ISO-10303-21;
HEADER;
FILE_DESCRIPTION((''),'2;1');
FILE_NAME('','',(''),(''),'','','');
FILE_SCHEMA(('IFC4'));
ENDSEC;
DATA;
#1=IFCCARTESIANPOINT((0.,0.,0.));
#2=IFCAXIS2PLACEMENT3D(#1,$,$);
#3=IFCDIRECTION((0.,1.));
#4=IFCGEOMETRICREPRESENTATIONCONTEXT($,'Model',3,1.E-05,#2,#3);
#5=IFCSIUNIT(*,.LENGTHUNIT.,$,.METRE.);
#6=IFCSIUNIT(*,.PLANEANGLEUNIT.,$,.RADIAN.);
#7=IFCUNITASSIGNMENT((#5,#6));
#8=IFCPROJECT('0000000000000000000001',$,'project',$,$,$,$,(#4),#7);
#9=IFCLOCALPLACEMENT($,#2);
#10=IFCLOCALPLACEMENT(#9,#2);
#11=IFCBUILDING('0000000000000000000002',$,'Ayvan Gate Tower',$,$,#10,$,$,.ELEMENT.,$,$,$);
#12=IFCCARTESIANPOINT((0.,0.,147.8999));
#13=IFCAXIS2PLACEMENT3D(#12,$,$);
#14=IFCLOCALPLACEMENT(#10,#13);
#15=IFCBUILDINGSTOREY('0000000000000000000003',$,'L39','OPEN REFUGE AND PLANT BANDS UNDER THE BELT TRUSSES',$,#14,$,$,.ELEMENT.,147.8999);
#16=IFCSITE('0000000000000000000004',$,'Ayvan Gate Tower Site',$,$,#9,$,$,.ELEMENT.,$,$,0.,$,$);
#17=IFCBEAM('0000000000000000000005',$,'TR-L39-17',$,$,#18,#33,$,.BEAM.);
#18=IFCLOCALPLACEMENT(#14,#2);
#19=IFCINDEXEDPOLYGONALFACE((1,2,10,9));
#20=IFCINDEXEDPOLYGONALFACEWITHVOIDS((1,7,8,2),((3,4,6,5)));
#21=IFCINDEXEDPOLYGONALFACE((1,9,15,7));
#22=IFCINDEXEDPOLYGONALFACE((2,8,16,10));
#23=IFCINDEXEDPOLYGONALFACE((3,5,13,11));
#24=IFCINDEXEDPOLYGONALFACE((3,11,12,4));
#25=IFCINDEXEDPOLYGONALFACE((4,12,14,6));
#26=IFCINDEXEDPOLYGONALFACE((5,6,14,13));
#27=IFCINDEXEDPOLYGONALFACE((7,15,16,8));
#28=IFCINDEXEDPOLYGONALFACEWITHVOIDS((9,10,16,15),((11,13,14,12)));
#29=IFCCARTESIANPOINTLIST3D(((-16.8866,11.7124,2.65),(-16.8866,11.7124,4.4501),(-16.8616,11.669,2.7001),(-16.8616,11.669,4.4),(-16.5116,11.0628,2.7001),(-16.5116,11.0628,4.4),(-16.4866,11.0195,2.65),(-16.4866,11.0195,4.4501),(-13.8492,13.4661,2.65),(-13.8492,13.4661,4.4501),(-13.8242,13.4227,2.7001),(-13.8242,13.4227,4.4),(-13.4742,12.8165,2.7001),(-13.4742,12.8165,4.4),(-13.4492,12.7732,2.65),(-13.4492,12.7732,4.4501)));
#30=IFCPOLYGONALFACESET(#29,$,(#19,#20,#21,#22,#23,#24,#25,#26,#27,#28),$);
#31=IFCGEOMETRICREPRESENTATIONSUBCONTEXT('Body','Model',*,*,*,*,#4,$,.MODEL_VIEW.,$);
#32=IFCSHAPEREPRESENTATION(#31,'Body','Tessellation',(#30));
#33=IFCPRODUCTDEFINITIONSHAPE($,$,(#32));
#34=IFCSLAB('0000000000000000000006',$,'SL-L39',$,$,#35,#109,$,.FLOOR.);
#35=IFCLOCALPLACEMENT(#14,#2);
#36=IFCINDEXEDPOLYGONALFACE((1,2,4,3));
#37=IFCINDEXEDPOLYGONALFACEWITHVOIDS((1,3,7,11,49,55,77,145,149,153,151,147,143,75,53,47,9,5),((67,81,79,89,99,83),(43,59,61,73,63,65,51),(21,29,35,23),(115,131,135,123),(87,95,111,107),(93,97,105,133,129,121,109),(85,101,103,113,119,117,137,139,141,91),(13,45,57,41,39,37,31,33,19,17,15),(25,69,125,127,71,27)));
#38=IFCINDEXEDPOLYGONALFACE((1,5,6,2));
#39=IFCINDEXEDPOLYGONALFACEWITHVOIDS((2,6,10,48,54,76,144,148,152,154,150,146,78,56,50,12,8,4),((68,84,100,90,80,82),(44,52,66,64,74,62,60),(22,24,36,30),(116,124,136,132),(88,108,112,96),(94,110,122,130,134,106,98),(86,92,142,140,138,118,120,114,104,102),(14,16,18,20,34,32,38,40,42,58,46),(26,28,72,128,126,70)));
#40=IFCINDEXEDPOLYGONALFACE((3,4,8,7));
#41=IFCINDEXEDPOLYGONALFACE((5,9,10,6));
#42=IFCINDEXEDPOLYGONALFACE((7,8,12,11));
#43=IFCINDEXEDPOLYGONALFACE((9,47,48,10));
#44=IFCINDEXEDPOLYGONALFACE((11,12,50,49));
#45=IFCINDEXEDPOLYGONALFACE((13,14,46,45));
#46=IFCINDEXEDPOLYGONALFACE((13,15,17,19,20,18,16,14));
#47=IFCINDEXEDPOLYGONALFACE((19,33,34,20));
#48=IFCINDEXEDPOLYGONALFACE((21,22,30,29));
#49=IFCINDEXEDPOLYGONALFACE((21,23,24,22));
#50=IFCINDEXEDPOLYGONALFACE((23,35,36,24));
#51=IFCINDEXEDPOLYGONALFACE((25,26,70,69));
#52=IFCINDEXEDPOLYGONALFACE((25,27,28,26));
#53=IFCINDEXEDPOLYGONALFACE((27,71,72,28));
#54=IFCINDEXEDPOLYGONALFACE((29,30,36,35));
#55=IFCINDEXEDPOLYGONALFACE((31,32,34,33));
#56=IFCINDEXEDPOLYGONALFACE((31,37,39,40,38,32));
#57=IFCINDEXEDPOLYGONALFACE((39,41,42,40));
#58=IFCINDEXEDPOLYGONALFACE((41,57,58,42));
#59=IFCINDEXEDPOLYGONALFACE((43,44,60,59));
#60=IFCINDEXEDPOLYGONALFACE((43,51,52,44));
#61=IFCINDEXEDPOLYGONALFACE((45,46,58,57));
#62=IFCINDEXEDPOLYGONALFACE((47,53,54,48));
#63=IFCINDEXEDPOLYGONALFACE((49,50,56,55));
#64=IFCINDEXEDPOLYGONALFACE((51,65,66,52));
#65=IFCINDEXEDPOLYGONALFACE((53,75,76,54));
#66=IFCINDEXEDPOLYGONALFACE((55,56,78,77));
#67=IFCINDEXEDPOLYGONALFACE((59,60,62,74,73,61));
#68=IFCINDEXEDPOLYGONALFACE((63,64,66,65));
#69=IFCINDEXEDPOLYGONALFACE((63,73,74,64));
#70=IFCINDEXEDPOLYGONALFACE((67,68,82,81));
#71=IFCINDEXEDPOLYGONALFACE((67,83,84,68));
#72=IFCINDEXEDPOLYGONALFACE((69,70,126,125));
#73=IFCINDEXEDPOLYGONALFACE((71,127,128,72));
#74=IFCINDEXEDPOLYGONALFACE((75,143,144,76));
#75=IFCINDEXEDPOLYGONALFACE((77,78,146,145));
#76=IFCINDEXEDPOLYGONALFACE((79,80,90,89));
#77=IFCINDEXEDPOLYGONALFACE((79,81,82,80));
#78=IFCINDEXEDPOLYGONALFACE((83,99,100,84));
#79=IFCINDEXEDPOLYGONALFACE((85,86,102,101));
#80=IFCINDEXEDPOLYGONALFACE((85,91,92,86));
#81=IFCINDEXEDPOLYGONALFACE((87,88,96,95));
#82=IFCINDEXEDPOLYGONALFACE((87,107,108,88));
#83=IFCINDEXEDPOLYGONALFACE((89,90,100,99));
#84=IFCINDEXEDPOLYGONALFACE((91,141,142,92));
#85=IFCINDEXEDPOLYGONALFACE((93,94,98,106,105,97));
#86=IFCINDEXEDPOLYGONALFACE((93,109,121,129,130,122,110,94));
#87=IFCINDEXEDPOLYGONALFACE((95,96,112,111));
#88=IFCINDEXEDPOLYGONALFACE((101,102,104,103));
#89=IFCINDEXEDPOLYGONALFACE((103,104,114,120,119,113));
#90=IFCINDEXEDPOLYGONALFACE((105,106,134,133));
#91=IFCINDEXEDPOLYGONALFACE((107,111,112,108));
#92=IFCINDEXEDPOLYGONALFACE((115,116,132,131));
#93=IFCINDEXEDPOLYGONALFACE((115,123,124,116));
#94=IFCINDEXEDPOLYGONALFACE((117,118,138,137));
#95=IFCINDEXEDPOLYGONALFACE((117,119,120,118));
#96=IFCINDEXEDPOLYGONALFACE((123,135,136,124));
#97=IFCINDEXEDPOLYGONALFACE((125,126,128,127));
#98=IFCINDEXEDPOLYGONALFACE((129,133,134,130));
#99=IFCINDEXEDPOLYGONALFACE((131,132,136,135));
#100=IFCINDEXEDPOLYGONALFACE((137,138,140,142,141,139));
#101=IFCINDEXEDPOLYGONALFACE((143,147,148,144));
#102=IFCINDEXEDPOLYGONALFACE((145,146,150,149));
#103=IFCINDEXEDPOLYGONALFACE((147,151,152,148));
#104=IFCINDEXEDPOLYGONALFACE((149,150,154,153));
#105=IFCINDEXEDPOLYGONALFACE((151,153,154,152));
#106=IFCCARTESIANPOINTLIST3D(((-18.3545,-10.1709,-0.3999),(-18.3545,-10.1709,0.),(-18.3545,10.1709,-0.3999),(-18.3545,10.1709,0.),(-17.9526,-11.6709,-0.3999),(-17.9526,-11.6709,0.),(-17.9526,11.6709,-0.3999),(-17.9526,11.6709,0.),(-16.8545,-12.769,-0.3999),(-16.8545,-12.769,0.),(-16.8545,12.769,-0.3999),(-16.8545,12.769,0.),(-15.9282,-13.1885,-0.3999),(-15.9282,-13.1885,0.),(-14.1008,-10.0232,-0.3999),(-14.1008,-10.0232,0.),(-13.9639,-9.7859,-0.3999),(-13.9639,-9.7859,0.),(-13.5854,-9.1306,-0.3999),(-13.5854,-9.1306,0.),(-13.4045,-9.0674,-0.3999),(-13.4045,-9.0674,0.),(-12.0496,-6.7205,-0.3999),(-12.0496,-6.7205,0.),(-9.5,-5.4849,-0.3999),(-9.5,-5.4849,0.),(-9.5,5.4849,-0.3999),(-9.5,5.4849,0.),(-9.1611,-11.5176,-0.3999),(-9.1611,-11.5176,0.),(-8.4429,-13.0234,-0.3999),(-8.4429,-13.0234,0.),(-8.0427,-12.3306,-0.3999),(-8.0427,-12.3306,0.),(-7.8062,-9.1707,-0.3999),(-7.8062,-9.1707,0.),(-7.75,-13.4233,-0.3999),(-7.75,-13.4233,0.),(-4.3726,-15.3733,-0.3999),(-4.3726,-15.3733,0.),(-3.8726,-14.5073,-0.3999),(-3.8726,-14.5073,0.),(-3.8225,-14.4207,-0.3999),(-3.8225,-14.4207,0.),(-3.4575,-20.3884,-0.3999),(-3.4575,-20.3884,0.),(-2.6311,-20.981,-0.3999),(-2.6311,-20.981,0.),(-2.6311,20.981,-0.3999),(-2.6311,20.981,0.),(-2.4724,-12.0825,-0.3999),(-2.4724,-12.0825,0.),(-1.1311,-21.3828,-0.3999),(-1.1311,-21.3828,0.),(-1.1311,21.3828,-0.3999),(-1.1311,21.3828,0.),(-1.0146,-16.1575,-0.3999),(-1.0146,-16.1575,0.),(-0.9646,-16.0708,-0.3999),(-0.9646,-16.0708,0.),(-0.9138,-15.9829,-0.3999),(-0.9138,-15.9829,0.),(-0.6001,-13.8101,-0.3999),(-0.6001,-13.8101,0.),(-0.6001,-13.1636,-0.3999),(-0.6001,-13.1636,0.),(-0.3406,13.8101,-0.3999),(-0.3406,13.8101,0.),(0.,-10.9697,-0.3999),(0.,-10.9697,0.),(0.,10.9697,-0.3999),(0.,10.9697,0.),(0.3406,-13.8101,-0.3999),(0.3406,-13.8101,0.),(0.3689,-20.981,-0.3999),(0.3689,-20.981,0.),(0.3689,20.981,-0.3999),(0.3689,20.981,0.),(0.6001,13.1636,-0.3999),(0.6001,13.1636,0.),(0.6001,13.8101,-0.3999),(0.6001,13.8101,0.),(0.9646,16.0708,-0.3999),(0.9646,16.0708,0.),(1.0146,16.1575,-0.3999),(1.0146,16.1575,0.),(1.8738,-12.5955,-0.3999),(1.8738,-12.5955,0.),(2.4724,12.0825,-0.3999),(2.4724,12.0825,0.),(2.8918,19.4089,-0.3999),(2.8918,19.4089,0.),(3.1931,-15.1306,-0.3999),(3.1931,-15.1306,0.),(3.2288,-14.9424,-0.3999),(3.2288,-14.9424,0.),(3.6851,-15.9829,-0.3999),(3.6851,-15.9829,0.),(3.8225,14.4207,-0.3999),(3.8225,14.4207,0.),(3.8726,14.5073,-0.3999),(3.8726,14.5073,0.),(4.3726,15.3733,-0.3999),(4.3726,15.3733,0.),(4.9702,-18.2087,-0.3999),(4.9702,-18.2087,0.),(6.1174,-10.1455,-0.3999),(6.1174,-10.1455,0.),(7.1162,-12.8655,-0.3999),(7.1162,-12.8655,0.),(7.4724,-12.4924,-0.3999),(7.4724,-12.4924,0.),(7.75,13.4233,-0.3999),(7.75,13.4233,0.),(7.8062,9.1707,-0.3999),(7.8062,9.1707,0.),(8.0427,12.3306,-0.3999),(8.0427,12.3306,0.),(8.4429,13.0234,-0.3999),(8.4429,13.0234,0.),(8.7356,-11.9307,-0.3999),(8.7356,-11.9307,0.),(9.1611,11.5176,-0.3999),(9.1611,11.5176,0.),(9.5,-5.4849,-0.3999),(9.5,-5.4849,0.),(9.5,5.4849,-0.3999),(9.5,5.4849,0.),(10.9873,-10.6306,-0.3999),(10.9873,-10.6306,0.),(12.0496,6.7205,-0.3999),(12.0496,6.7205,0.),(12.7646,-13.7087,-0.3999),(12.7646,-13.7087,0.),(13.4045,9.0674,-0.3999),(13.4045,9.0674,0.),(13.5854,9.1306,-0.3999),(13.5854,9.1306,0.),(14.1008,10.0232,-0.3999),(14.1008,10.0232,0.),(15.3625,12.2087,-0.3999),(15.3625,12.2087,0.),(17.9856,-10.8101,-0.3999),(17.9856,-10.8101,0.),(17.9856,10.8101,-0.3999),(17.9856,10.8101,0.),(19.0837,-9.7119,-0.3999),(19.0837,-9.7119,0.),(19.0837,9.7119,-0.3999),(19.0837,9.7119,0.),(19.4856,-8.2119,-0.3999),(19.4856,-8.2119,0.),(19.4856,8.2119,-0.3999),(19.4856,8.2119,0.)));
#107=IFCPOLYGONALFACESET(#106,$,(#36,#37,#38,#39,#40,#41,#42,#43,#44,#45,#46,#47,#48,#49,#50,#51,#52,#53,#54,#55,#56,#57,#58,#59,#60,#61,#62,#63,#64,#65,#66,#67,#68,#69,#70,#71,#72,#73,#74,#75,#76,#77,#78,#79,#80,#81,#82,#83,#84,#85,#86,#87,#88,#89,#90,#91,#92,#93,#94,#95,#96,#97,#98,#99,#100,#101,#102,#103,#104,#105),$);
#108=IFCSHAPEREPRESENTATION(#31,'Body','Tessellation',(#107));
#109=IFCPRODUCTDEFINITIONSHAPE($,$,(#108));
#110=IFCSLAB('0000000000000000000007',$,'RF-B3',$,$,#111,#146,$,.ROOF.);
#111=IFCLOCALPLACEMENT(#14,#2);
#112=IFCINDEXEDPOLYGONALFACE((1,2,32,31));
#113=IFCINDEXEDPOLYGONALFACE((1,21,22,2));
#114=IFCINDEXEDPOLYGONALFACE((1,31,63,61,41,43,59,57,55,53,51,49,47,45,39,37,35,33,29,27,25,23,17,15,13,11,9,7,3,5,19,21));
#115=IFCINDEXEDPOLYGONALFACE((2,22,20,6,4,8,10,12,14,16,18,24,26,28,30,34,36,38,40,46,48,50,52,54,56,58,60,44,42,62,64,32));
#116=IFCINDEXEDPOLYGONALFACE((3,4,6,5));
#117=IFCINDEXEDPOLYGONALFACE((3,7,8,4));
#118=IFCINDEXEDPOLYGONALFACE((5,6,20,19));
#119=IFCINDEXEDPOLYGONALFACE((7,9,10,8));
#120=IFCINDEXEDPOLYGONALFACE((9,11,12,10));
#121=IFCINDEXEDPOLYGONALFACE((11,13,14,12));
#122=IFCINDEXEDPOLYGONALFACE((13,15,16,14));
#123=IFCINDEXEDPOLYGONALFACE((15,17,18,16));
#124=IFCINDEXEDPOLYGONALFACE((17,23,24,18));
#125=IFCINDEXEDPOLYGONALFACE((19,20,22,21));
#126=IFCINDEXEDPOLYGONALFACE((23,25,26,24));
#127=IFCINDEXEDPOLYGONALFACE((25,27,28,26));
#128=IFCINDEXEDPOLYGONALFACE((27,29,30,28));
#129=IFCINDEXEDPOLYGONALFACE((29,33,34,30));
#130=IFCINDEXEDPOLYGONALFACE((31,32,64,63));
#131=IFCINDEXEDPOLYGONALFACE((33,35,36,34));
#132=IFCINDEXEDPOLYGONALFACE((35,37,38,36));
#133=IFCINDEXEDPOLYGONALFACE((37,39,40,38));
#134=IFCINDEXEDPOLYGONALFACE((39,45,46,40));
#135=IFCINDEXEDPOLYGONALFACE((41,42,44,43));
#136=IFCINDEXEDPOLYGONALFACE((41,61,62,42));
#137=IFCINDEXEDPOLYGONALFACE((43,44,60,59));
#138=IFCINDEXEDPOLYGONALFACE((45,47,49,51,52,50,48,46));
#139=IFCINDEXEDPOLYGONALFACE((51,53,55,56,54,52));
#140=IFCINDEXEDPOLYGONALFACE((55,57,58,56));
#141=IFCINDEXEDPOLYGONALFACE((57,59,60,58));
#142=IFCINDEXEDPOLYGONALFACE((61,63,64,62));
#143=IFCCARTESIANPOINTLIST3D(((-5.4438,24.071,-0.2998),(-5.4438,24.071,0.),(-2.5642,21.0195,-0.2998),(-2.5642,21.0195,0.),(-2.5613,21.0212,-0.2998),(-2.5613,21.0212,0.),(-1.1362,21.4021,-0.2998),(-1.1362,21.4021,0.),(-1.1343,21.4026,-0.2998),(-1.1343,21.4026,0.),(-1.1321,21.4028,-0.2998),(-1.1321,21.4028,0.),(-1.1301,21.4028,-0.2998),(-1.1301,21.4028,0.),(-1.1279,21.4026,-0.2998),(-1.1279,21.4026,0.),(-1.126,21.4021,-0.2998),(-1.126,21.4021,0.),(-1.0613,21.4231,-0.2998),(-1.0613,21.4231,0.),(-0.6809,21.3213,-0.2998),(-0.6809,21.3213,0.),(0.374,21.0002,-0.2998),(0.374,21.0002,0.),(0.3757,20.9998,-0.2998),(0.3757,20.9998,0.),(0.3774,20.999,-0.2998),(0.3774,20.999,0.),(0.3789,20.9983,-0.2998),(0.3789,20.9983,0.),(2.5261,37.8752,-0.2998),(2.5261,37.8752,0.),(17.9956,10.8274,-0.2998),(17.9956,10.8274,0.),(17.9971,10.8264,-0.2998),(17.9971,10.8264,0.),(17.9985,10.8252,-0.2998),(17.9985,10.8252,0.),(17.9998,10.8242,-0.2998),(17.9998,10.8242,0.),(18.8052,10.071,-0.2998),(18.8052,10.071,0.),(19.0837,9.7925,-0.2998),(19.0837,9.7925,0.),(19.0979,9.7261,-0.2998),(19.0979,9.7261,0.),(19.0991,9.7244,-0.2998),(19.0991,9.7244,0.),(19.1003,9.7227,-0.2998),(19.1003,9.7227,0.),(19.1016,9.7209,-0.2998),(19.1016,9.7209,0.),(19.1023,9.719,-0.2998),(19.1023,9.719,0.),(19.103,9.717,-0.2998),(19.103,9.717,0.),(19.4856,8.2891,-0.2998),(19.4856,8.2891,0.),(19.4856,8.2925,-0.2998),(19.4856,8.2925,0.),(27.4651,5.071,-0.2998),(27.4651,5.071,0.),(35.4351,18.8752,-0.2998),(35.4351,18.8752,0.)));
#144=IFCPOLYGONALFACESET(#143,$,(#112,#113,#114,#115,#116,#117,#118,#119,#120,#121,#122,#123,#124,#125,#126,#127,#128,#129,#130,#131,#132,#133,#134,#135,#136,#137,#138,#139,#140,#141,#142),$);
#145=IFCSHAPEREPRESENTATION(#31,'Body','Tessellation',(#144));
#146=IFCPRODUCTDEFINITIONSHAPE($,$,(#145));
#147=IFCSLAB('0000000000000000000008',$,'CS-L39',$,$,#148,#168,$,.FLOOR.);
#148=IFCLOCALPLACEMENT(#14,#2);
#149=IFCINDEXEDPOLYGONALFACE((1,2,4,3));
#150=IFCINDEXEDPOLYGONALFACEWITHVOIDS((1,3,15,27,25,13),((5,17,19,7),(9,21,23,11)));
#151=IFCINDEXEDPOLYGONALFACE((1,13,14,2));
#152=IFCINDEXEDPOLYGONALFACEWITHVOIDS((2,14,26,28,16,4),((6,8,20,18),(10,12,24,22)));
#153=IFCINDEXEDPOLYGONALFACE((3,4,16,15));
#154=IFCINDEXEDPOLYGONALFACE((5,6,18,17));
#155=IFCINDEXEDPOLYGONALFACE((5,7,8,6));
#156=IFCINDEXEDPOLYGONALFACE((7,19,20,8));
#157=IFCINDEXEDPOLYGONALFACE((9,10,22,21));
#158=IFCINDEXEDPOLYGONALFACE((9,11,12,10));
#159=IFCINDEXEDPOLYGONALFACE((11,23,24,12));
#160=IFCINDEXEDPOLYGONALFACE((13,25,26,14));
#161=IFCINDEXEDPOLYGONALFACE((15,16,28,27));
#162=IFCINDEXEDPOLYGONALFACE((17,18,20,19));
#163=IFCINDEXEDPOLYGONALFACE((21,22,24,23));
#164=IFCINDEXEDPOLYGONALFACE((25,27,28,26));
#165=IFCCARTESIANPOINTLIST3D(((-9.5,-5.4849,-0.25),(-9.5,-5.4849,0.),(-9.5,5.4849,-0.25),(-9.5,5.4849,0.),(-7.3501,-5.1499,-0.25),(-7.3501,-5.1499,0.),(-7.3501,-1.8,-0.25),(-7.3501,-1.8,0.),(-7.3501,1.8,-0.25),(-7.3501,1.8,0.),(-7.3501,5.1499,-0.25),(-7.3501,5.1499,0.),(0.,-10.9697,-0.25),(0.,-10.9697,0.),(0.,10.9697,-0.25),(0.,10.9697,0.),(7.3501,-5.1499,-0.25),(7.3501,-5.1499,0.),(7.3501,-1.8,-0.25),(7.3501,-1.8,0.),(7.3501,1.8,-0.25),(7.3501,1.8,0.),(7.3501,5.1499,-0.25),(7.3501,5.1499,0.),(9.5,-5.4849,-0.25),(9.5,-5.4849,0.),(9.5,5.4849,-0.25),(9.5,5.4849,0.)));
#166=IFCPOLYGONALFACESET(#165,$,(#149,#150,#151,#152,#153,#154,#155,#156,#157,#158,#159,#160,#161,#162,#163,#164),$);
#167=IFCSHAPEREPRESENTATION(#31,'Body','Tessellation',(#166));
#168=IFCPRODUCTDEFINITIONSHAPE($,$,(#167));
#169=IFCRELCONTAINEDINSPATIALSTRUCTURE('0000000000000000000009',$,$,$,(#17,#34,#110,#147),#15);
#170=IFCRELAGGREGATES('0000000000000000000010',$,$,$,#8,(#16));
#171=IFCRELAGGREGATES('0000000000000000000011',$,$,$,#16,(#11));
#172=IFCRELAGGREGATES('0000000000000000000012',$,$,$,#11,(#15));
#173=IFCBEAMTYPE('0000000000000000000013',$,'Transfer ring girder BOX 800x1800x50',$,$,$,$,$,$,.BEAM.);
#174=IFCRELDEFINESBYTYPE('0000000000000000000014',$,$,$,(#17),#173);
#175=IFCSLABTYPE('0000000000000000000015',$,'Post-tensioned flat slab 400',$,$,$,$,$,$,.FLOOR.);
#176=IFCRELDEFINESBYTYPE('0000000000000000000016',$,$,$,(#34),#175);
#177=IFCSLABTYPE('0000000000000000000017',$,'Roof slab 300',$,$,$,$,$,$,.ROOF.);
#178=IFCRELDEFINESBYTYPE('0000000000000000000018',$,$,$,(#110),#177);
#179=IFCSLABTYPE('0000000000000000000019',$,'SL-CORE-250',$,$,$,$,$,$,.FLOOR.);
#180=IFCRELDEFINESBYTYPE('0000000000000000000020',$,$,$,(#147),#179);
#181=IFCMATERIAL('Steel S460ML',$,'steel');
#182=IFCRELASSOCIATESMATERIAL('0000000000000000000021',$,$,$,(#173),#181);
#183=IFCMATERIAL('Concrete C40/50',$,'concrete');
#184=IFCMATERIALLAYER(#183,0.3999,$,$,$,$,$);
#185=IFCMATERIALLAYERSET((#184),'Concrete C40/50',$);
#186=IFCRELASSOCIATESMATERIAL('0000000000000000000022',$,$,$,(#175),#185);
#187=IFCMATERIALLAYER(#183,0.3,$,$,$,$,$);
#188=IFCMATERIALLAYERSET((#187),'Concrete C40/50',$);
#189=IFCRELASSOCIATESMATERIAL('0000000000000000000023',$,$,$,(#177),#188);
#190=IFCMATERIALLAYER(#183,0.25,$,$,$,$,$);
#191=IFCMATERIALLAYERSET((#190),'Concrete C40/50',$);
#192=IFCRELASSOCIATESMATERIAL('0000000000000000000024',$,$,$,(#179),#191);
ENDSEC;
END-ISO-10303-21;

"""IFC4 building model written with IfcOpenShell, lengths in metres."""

from ifc_helpers import new_model, si_unit, direction, frame, origin, origin_2d, place, context, subcontext, project, spatial, polyline, hollow_rectangle, outline, extrude, material, layer, layer_set, material_profile, profile_set, type_object, element, save


model = new_model("IFC4")

# Units and contexts
model_context = context("Model", 3, precision=1e-05, world=origin(), true_north=direction((0.0, 1.0)))
body_context = subcontext(model_context, "Body", "Model", "MODEL_VIEW")
ifc_project = project(units=[si_unit("LENGTHUNIT", "METRE"), si_unit("PLANEANGLEUNIT", "RADIAN")], contexts=[model_context])

# Site, building, storey
site_placement = place(None, origin())
site = spatial("IfcSite", under=ifc_project, at=site_placement, Name="Ayvan Gate Tower Site", CompositionType="ELEMENT", RefElevation=0.0)
building_placement = place(site_placement, origin())
building = spatial("IfcBuilding", under=site, at=building_placement, Name="Ayvan Gate Tower", CompositionType="ELEMENT")
storey_placement = place(building_placement, frame((0.0, 0.0, 147.8999)))
storey = spatial("IfcBuildingStorey", under=building, at=storey_placement, Name="L39", Description="OPEN REFUGE AND PLANT BANDS UNDER THE BELT TRUSSES", CompositionType="ELEMENT", Elevation=147.8999)

# Beam
ifc_material_1 = material(Name="Steel S460ML", Category="steel")
ifc_material_profile = material_profile(ifc_material_1, hollow_rectangle(XDim=0.8, YDim=1.8, WallThickness=0.05, at=origin_2d()), Name="BOX 800x1800x50")
ifc_profile_set = profile_set([ifc_material_profile], Name="Steel S460ML")
beam_type = type_object("IfcBeamType", Name="Transfer ring girder BOX 800x1800x50", PredefinedType="BEAM", material=ifc_profile_set)
beam_placement = place(storey_placement, frame((-13.6492, 13.1196, 3.55), z_axis=(-0.86602, -0.50001, 0.0), x_axis=(0.50001, -0.86602, 0.0)))
element("IfcBeam", 1, at=beam_placement, inside=storey, type_object=beam_type, Name="TR-L39-17", PredefinedType="BEAM", context=body_context, shape_type="SweptSolid", body=[
    extrude(hollow_rectangle(XDim=0.8, YDim=1.8, WallThickness=0.05, at=origin_2d()), origin(), (0.0, 0.0, 1.0), 3.5073),
])

# Slabs
ifc_material_2 = material(Name="Concrete C40/50", Category="concrete")
ifc_layer_1 = layer(ifc_material_2, 0.3999)
ifc_layer_set_1 = layer_set([ifc_layer_1], Name="Concrete C40/50")
slab_type_1 = type_object("IfcSlabType", Name="Post-tensioned flat slab 400", PredefinedType="FLOOR", material=ifc_layer_set_1)
slab_1_placement = place(storey_placement, frame((0.0, 0.0, -0.3999)))
element("IfcSlab", 2, at=slab_1_placement, inside=storey, type_object=slab_type_1, Name="SL-L39", PredefinedType="FLOOR", context=body_context, shape_type="SweptSolid", body=[
    extrude(outline(polyline([(-16.8545, -12.769), (-17.9526, -11.6709), (-18.3545, -10.1709), (-18.3545, 10.1709), (-17.9526, 11.6709), (-16.8545, 12.769), (-2.6311, 20.981), (-1.1311, 21.3828), (0.3689, 20.981), (17.9856, 10.8101), (19.0837, 9.7119), (19.4856, 8.2119), (19.4856, -8.2119), (19.0837, -9.7119), (17.9856, -10.8101), (0.3689, -20.981), (-1.1311, -21.3828), (-2.6311, -20.981), (-16.8545, -12.769)]), holes=[polyline([(8.4429, 13.0234), (8.0427, 12.3306), (13.5854, 9.1306), (14.1008, 10.0232), (15.3625, 12.2087), (2.8918, 19.4089), (1.0146, 16.1575), (3.8726, 14.5073), (4.3726, 15.3733), (7.75, 13.4233), (8.4429, 13.0234)]), polyline([(7.8062, 9.1707), (12.0496, 6.7205), (13.4045, 9.0674), (9.1611, 11.5176), (7.8062, 9.1707)]), polyline([(4.9702, -18.2087), (12.7646, -13.7087), (10.9873, -10.6306), (8.7356, -11.9307), (7.1162, -12.8655), (3.1931, -15.1306), (3.6851, -15.9829), (4.9702, -18.2087)]), polyline([(-9.5, -5.4849), (0.0, -10.9697), (9.5, -5.4849), (9.5, 5.4849), (0.0, 10.9697), (-9.5, 5.4849), (-9.5, -5.4849)]), polyline([(6.1174, -10.1455), (1.8738, -12.5955), (3.2288, -14.9424), (7.4724, -12.4924), (6.1174, -10.1455)]), polyline([(0.9646, 16.0708), (-0.3406, 13.8101), (0.6001, 13.8101), (0.6001, 13.1636), (2.4724, 12.0825), (3.8225, 14.4207), (0.9646, 16.0708)]), polyline([(-0.6001, -13.1636), (-2.4724, -12.0825), (-3.8225, -14.4207), (-0.9646, -16.0708), (-0.9138, -15.9829), (0.3406, -13.8101), (-0.6001, -13.8101), (-0.6001, -13.1636)]), polyline([(-15.9282, -13.1885), (-3.4575, -20.3884), (-1.0146, -16.1575), (-3.8726, -14.5073), (-4.3726, -15.3733), (-7.75, -13.4233), (-8.4429, -13.0234), (-8.0427, -12.3306), (-13.5854, -9.1306), (-13.9639, -9.7859), (-14.1008, -10.0232), (-15.9282, -13.1885)]), polyline([(-13.4045, -9.0674), (-9.1611, -11.5176), (-7.8062, -9.1707), (-12.0496, -6.7205), (-13.4045, -9.0674)])]), origin(), (0.0, 0.0, 1.0), 0.3999),
])
ifc_layer_2 = layer(ifc_material_2, 0.3)
ifc_layer_set_2 = layer_set([ifc_layer_2], Name="Concrete C40/50")
slab_type_2 = type_object("IfcSlabType", Name="Roof slab 300", PredefinedType="ROOF", material=ifc_layer_set_2)
slab_2_placement = place(storey_placement, frame((0.0, 0.0, -0.2998)))
element("IfcSlab", 3, at=slab_2_placement, inside=storey, type_object=slab_type_2, Name="RF-B3", PredefinedType="ROOF", context=body_context, shape_type="SweptSolid", body=[
    extrude(outline(polyline([(19.4856, 8.2925), (19.4856, 8.2891), (19.103, 9.717), (19.1023, 9.719), (19.1016, 9.7209), (19.1003, 9.7227), (19.0991, 9.7244), (19.0979, 9.7261), (17.9998, 10.8242), (17.9985, 10.8252), (17.9971, 10.8264), (17.9956, 10.8274), (0.3789, 20.9983), (0.3774, 20.999), (0.3757, 20.9998), (0.374, 21.0002), (-1.126, 21.4021), (-1.1279, 21.4026), (-1.1301, 21.4028), (-1.1321, 21.4028), (-1.1343, 21.4026), (-1.1362, 21.4021), (-2.5642, 21.0195), (-2.5613, 21.0212), (-1.0613, 21.4231), (-0.6809, 21.3213), (-5.4438, 24.071), (2.5261, 37.8752), (35.4351, 18.8752), (27.4651, 5.071), (18.8052, 10.071), (19.0837, 9.7925), (19.4856, 8.2925)])), origin(), (0.0, 0.0, 1.0), 0.2998),
])
ifc_layer_3 = layer(ifc_material_2, 0.25)
ifc_layer_set_3 = layer_set([ifc_layer_3], Name="Concrete C40/50")
slab_type_3 = type_object("IfcSlabType", Name="SL-CORE-250", PredefinedType="FLOOR", material=ifc_layer_set_3)
slab_3_placement = place(storey_placement, frame((0.0, 0.0, -0.25)))
element("IfcSlab", 4, at=slab_3_placement, inside=storey, type_object=slab_type_3, Name="CS-L39", PredefinedType="FLOOR", context=body_context, shape_type="SweptSolid", body=[
    extrude(outline(polyline([(9.5, -5.4849), (0.0, -10.9697), (-9.5, -5.4849), (-9.5, 5.4849), (0.0, 10.9697), (9.5, 5.4849), (9.5, -5.4849)]), holes=[polyline([(-7.3501, -1.8), (-7.3501, -5.1499), (7.3501, -5.1499), (7.3501, -1.8), (-7.3501, -1.8)]), polyline([(-7.3501, 5.1499), (-7.3501, 1.8), (7.3501, 1.8), (7.3501, 5.1499), (-7.3501, 5.1499)])]), origin(), (0.0, 0.0, 1.0), 0.25),
])

save(model, "model.ifc")
